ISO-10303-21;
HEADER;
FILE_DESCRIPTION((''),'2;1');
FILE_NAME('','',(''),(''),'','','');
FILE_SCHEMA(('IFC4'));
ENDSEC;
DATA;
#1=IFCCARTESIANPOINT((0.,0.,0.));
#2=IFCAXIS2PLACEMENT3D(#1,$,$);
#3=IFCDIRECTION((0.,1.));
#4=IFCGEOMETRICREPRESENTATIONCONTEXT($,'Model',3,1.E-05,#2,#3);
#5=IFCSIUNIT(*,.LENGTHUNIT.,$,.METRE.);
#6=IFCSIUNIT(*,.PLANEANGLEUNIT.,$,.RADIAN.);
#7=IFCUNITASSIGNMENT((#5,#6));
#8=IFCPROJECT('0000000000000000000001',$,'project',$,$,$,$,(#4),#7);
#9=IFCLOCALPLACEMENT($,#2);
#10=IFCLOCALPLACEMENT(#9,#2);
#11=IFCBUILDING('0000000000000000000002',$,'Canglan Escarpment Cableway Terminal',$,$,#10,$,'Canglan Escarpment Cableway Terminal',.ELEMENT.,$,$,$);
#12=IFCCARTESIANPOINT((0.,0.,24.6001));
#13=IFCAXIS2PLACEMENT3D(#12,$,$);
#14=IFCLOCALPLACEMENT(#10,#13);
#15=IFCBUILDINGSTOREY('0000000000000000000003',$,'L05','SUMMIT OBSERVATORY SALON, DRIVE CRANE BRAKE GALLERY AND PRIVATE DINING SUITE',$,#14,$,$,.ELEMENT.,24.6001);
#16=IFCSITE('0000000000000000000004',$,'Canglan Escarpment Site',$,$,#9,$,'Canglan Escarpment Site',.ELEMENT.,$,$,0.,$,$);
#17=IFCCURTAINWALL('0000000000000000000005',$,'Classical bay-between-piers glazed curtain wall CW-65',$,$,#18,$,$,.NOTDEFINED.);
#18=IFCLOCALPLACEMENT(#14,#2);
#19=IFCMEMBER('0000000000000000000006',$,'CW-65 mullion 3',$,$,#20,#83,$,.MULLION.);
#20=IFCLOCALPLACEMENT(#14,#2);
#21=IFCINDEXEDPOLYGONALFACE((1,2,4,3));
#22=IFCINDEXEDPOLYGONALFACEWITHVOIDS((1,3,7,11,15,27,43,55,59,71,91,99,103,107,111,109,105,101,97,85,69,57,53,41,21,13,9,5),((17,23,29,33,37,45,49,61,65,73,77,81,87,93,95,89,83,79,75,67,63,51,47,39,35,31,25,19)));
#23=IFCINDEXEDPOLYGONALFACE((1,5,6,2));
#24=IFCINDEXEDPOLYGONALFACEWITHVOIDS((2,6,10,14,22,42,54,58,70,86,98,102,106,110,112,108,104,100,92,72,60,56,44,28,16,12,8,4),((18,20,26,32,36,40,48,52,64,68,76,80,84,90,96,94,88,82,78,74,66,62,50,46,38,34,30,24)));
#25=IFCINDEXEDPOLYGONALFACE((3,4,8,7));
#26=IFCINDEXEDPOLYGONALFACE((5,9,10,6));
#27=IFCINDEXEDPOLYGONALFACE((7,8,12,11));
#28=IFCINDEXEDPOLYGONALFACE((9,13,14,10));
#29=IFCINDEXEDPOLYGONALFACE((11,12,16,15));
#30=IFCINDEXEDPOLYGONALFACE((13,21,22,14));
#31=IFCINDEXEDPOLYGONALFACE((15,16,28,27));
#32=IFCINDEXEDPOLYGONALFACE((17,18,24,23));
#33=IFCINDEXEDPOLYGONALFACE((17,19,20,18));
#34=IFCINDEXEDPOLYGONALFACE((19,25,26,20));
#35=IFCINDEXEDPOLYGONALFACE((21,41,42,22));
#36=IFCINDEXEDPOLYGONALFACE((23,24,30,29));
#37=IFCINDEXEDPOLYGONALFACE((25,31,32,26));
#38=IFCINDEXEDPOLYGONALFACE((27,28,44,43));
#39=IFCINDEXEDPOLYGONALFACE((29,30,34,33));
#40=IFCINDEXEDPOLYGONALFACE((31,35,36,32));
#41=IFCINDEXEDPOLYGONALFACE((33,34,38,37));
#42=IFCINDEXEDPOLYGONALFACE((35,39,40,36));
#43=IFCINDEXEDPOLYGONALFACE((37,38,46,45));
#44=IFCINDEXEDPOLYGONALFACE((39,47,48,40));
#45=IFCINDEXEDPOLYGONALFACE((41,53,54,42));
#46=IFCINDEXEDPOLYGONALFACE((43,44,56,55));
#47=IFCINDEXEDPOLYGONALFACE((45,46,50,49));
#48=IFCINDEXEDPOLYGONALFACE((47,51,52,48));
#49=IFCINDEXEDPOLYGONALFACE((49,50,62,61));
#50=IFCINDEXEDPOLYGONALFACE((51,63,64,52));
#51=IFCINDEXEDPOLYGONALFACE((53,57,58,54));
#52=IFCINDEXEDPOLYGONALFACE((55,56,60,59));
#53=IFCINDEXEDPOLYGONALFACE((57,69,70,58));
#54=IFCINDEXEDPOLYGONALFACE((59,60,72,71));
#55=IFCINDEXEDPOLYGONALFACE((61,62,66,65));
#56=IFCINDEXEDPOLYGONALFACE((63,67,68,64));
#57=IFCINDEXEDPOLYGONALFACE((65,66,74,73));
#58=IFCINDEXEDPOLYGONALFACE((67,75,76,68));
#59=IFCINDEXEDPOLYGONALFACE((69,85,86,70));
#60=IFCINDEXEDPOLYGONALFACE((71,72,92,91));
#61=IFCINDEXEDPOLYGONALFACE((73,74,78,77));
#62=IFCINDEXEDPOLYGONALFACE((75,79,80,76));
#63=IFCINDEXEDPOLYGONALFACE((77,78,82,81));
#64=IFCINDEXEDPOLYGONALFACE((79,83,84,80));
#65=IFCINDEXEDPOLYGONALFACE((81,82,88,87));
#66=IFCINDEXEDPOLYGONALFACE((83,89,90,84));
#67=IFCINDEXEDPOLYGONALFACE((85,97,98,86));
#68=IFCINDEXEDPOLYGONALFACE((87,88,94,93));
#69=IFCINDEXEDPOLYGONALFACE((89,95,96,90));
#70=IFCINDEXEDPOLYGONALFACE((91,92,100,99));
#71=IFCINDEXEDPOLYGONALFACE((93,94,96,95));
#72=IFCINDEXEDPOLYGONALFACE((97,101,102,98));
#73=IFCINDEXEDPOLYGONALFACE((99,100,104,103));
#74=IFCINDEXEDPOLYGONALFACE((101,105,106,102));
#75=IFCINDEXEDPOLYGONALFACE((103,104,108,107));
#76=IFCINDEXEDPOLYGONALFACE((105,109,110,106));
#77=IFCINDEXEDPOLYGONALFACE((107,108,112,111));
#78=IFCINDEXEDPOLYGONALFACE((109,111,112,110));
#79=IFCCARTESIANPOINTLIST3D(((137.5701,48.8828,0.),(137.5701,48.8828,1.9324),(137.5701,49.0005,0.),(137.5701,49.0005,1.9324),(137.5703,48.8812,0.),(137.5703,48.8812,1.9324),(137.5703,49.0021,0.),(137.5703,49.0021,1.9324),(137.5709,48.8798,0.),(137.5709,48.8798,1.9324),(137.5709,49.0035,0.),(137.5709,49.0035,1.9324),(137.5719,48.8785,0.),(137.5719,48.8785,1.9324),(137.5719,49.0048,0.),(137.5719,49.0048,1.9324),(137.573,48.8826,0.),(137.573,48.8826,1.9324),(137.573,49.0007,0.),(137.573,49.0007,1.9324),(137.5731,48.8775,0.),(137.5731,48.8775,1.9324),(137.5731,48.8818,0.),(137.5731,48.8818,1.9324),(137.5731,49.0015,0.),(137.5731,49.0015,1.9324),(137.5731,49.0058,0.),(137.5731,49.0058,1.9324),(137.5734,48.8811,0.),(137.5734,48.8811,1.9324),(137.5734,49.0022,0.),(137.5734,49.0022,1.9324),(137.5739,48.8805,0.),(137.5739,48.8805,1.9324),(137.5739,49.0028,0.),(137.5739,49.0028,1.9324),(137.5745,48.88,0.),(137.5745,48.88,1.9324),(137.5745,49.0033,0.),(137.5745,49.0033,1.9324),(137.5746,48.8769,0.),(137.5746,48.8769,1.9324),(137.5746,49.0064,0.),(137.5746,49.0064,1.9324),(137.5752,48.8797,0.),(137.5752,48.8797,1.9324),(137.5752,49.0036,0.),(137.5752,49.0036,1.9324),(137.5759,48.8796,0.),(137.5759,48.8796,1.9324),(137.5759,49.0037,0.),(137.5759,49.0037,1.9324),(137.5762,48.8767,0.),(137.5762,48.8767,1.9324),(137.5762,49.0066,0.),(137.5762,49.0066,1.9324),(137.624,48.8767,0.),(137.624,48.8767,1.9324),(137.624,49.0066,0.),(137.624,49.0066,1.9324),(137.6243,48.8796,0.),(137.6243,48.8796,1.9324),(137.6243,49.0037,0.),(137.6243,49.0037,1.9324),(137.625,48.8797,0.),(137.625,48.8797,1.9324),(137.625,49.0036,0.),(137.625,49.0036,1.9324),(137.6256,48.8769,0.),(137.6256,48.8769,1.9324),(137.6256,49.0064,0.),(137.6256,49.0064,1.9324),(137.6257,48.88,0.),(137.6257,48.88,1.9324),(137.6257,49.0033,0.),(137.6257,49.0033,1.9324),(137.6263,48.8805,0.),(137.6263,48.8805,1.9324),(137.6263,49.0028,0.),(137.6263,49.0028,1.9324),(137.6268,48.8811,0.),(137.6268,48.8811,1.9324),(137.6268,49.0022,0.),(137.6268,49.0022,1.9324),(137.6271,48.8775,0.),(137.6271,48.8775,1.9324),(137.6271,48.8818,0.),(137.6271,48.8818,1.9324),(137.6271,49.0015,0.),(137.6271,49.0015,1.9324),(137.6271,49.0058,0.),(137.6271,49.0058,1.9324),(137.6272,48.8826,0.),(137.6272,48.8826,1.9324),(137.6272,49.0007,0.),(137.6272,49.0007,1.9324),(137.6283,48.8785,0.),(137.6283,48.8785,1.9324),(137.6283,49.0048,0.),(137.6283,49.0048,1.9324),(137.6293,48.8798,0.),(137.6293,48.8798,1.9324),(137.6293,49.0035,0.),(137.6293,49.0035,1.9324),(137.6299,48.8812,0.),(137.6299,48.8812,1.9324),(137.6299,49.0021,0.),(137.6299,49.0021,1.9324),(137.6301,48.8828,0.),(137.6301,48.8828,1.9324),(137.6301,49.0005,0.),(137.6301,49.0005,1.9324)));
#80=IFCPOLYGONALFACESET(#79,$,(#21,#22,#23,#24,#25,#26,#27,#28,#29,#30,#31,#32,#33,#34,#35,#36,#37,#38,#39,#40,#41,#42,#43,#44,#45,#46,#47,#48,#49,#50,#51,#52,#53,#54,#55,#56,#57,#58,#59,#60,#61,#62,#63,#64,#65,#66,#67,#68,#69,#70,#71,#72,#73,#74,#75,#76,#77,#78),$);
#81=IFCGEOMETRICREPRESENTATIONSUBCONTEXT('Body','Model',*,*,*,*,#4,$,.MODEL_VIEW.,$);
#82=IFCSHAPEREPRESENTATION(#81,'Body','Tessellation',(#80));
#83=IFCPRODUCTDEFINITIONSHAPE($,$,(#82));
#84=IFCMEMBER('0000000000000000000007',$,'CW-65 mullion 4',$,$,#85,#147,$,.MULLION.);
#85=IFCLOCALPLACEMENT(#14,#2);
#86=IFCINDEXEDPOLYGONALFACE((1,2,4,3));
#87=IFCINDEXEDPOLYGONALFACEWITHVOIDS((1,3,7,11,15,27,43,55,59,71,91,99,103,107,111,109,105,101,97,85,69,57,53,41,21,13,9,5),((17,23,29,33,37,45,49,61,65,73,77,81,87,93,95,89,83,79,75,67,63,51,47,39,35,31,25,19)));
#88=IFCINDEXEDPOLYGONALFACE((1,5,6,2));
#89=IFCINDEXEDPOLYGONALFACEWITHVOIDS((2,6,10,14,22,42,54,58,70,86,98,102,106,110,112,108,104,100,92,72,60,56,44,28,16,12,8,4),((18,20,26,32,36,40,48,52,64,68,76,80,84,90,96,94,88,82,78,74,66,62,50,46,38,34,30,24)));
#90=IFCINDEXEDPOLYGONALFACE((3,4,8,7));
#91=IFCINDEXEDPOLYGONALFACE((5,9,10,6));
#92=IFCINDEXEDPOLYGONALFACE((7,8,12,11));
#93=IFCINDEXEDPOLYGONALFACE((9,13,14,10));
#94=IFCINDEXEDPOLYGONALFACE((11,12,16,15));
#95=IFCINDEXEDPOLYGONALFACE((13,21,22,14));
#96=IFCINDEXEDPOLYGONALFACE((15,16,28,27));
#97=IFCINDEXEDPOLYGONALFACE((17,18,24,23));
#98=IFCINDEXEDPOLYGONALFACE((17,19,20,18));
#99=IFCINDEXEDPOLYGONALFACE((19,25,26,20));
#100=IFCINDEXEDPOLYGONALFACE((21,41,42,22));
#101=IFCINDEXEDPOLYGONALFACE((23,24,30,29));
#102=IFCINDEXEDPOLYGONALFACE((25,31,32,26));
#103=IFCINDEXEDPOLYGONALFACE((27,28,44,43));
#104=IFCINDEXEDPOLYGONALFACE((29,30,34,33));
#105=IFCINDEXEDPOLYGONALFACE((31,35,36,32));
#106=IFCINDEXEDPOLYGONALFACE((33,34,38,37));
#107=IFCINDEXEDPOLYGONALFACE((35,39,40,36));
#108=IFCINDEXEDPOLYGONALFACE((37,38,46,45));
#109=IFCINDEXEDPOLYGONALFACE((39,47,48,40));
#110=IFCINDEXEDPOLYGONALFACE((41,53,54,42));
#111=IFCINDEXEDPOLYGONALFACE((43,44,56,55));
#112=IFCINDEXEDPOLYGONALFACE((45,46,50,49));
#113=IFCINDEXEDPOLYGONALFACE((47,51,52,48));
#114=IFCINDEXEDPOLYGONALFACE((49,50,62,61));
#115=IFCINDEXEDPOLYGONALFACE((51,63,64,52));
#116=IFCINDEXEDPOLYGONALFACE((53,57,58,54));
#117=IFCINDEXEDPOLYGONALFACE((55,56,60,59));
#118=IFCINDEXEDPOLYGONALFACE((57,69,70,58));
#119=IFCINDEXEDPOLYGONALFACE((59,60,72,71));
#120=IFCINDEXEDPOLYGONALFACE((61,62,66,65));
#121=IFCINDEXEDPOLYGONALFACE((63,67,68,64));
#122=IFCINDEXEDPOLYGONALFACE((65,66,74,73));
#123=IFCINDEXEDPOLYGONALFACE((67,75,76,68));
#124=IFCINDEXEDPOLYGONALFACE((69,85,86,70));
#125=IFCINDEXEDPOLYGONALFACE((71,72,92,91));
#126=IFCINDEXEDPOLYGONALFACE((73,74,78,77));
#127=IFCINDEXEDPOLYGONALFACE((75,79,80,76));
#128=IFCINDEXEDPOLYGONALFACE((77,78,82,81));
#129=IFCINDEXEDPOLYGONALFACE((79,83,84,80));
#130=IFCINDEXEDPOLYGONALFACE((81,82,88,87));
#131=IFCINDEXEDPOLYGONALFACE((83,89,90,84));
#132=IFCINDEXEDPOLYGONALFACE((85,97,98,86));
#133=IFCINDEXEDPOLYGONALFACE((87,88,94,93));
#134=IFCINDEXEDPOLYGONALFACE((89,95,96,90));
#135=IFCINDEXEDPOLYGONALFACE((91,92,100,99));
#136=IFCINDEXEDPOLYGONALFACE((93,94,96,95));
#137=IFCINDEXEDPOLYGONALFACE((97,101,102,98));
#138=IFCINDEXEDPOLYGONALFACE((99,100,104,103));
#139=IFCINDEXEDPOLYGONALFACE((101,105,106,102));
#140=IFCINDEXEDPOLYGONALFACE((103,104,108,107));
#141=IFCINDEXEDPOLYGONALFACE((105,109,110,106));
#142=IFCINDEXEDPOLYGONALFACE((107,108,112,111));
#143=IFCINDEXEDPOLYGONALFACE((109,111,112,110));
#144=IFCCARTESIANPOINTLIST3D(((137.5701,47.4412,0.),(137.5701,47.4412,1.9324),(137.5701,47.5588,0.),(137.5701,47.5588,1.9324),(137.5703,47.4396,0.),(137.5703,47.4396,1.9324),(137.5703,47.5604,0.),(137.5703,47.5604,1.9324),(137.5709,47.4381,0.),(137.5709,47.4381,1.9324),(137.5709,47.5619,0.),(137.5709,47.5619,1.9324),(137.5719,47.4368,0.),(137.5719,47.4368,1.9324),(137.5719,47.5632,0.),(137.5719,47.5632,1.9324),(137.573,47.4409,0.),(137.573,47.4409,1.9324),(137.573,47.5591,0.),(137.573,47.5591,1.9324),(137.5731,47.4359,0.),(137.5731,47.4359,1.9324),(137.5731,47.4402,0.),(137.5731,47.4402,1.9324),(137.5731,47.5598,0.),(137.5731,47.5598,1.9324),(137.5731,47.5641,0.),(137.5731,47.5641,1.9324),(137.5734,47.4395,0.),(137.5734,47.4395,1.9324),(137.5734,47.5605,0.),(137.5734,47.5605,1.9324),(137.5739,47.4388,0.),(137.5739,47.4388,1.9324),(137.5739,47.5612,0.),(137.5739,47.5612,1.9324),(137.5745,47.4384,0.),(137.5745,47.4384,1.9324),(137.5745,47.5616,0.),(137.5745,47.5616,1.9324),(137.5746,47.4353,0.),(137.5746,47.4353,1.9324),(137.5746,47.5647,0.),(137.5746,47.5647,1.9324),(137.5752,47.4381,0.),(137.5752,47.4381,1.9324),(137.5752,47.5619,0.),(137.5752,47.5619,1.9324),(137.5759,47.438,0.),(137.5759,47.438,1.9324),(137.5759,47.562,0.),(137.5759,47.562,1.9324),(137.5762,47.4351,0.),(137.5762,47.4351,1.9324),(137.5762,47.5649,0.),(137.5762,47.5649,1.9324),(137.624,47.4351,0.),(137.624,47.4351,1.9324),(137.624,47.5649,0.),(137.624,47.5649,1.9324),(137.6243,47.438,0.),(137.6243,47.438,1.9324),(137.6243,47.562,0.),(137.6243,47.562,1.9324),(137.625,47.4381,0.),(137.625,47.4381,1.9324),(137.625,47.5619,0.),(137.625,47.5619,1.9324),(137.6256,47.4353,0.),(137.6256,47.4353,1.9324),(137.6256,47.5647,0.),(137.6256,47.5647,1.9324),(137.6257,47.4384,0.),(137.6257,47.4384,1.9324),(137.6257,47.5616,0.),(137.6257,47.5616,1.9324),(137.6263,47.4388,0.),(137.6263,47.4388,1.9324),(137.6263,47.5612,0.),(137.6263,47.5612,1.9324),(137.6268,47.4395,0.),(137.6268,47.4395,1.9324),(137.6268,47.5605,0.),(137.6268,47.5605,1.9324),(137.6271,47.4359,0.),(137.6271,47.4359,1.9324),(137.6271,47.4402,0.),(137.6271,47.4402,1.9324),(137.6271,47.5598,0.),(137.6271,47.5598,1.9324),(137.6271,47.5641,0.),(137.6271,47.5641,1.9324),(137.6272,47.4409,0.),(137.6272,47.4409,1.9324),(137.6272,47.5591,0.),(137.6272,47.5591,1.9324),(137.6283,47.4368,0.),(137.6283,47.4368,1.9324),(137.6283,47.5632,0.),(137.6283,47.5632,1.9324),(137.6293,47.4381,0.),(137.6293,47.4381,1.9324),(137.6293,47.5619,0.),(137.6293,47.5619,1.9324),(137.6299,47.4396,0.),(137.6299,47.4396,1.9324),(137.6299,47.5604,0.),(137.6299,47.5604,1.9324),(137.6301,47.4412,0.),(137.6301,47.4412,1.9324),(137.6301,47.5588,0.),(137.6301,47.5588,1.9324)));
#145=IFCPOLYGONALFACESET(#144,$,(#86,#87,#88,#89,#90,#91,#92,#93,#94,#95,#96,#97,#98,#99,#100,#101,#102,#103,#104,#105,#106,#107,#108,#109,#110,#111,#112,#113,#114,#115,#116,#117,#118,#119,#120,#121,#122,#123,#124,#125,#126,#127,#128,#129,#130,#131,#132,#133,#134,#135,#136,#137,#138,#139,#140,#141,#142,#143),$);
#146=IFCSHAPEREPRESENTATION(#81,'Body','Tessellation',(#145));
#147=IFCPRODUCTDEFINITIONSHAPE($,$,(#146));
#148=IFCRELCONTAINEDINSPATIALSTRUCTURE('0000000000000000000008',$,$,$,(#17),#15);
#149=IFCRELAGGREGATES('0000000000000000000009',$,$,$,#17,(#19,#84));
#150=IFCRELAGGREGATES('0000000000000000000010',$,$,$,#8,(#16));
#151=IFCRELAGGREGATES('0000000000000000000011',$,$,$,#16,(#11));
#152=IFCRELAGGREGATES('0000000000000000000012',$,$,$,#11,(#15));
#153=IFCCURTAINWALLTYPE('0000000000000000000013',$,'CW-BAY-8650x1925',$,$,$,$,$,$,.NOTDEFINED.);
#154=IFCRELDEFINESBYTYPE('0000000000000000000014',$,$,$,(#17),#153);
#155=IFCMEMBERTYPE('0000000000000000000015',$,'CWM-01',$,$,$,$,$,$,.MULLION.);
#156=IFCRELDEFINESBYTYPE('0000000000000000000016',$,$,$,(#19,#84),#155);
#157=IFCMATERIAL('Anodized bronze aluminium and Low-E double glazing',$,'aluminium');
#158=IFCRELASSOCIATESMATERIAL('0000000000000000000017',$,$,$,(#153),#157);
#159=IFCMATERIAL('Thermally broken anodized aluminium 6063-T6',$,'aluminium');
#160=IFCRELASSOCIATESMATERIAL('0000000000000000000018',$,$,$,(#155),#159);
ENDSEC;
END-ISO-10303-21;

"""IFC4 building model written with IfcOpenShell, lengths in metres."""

from ifc_helpers import new_model, si_unit, direction, frame, origin, origin_2d, place, context, subcontext, project, spatial, hollow_rectangle, extrude, material, material_profile, profile_set, type_object, element, aggregate, save


model = new_model("IFC4")

# Units and contexts
model_context = context("Model", 3, precision=1e-05, world=origin(), true_north=direction((0.0, 1.0)))
body_context = subcontext(model_context, "Body", "Model", "MODEL_VIEW")
ifc_project = project(units=[si_unit("LENGTHUNIT", "METRE"), si_unit("PLANEANGLEUNIT", "RADIAN")], contexts=[model_context])

# Site, building, storey
site_placement = place(None, origin())
site = spatial("IfcSite", under=ifc_project, at=site_placement, Name="Canglan Escarpment Site", LongName="Canglan Escarpment Site", CompositionType="ELEMENT", RefElevation=0.0)
building_placement = place(site_placement, origin())
building = spatial("IfcBuilding", under=site, at=building_placement, Name="Canglan Escarpment Cableway Terminal", LongName="Canglan Escarpment Cableway Terminal", CompositionType="ELEMENT")
storey_placement = place(building_placement, frame((0.0, 0.0, 24.6001)))
storey = spatial("IfcBuildingStorey", under=building, at=storey_placement, Name="L05", Description="SUMMIT OBSERVATORY SALON, DRIVE CRANE BRAKE GALLERY AND PRIVATE DINING SUITE", CompositionType="ELEMENT", Elevation=24.6001)

# Curtain wall, members
ifc_material_1 = material(Name="Anodized bronze aluminium and Low-E double glazing", Category="aluminium")
curtain_wall_type_1 = type_object("IfcCurtainWallType", Name="CW-BAY-8650x1925", PredefinedType="NOTDEFINED", material=ifc_material_1)
curtain_wall_1_placement = place(storey_placement, origin())
curtain_wall_1 = element("IfcCurtainWall", 1, at=curtain_wall_1_placement, inside=storey, type_object=curtain_wall_type_1, Name="Classical bay-between-piers glazed curtain wall CW-65", PredefinedType="NOTDEFINED")
ifc_material_2 = material(Name="Thermally broken anodized aluminium 6063-T6", Category="aluminium")
ifc_material_profile_1 = material_profile(ifc_material_2, hollow_rectangle(XDim=0.0601, YDim=0.1299, WallThickness=0.0029, InnerFilletRadius=0.0029, OuterFilletRadius=0.0061, at=origin_2d()), Name="ALU-MULL 60x130x3")
ifc_profile_set_1 = profile_set([ifc_material_profile_1], Name="Thermally broken anodized aluminium 6063-T6")
member_type_1 = type_object("IfcMemberType", Name="CWM-01", PredefinedType="MULLION", material=ifc_profile_set_1)
member_1_placement = place(storey_placement, frame((137.6001, 48.9417, 0.0), z_axis=(0.0, 0.0, 1.0), x_axis=(1.0, 0.0, 0.0)))
member_1 = element("IfcMember", 2, at=member_1_placement, type_object=member_type_1, Name="CW-65 mullion 3", PredefinedType="MULLION", context=body_context, shape_type="SweptSolid", body=[
    extrude(hollow_rectangle(XDim=0.0601, YDim=0.1299, WallThickness=0.0029, InnerFilletRadius=0.0029, OuterFilletRadius=0.0061, at=origin_2d()), origin(), (0.0, 0.0, 1.0), 1.9324),
])
member_2_placement = place(storey_placement, frame((137.6001, 47.5, 0.0), z_axis=(0.0, 0.0, 1.0), x_axis=(1.0, 0.0, 0.0)))
member_2 = element("IfcMember", 3, at=member_2_placement, type_object=member_type_1, Name="CW-65 mullion 4", PredefinedType="MULLION", context=body_context, shape_type="SweptSolid", body=[
    extrude(hollow_rectangle(XDim=0.0601, YDim=0.1299, WallThickness=0.0029, InnerFilletRadius=0.0029, OuterFilletRadius=0.0061, at=origin_2d()), origin(), (0.0, 0.0, 1.0), 1.9324),
])

aggregate(curtain_wall_1, [member_1, member_2])

save(model, "model.ifc")
